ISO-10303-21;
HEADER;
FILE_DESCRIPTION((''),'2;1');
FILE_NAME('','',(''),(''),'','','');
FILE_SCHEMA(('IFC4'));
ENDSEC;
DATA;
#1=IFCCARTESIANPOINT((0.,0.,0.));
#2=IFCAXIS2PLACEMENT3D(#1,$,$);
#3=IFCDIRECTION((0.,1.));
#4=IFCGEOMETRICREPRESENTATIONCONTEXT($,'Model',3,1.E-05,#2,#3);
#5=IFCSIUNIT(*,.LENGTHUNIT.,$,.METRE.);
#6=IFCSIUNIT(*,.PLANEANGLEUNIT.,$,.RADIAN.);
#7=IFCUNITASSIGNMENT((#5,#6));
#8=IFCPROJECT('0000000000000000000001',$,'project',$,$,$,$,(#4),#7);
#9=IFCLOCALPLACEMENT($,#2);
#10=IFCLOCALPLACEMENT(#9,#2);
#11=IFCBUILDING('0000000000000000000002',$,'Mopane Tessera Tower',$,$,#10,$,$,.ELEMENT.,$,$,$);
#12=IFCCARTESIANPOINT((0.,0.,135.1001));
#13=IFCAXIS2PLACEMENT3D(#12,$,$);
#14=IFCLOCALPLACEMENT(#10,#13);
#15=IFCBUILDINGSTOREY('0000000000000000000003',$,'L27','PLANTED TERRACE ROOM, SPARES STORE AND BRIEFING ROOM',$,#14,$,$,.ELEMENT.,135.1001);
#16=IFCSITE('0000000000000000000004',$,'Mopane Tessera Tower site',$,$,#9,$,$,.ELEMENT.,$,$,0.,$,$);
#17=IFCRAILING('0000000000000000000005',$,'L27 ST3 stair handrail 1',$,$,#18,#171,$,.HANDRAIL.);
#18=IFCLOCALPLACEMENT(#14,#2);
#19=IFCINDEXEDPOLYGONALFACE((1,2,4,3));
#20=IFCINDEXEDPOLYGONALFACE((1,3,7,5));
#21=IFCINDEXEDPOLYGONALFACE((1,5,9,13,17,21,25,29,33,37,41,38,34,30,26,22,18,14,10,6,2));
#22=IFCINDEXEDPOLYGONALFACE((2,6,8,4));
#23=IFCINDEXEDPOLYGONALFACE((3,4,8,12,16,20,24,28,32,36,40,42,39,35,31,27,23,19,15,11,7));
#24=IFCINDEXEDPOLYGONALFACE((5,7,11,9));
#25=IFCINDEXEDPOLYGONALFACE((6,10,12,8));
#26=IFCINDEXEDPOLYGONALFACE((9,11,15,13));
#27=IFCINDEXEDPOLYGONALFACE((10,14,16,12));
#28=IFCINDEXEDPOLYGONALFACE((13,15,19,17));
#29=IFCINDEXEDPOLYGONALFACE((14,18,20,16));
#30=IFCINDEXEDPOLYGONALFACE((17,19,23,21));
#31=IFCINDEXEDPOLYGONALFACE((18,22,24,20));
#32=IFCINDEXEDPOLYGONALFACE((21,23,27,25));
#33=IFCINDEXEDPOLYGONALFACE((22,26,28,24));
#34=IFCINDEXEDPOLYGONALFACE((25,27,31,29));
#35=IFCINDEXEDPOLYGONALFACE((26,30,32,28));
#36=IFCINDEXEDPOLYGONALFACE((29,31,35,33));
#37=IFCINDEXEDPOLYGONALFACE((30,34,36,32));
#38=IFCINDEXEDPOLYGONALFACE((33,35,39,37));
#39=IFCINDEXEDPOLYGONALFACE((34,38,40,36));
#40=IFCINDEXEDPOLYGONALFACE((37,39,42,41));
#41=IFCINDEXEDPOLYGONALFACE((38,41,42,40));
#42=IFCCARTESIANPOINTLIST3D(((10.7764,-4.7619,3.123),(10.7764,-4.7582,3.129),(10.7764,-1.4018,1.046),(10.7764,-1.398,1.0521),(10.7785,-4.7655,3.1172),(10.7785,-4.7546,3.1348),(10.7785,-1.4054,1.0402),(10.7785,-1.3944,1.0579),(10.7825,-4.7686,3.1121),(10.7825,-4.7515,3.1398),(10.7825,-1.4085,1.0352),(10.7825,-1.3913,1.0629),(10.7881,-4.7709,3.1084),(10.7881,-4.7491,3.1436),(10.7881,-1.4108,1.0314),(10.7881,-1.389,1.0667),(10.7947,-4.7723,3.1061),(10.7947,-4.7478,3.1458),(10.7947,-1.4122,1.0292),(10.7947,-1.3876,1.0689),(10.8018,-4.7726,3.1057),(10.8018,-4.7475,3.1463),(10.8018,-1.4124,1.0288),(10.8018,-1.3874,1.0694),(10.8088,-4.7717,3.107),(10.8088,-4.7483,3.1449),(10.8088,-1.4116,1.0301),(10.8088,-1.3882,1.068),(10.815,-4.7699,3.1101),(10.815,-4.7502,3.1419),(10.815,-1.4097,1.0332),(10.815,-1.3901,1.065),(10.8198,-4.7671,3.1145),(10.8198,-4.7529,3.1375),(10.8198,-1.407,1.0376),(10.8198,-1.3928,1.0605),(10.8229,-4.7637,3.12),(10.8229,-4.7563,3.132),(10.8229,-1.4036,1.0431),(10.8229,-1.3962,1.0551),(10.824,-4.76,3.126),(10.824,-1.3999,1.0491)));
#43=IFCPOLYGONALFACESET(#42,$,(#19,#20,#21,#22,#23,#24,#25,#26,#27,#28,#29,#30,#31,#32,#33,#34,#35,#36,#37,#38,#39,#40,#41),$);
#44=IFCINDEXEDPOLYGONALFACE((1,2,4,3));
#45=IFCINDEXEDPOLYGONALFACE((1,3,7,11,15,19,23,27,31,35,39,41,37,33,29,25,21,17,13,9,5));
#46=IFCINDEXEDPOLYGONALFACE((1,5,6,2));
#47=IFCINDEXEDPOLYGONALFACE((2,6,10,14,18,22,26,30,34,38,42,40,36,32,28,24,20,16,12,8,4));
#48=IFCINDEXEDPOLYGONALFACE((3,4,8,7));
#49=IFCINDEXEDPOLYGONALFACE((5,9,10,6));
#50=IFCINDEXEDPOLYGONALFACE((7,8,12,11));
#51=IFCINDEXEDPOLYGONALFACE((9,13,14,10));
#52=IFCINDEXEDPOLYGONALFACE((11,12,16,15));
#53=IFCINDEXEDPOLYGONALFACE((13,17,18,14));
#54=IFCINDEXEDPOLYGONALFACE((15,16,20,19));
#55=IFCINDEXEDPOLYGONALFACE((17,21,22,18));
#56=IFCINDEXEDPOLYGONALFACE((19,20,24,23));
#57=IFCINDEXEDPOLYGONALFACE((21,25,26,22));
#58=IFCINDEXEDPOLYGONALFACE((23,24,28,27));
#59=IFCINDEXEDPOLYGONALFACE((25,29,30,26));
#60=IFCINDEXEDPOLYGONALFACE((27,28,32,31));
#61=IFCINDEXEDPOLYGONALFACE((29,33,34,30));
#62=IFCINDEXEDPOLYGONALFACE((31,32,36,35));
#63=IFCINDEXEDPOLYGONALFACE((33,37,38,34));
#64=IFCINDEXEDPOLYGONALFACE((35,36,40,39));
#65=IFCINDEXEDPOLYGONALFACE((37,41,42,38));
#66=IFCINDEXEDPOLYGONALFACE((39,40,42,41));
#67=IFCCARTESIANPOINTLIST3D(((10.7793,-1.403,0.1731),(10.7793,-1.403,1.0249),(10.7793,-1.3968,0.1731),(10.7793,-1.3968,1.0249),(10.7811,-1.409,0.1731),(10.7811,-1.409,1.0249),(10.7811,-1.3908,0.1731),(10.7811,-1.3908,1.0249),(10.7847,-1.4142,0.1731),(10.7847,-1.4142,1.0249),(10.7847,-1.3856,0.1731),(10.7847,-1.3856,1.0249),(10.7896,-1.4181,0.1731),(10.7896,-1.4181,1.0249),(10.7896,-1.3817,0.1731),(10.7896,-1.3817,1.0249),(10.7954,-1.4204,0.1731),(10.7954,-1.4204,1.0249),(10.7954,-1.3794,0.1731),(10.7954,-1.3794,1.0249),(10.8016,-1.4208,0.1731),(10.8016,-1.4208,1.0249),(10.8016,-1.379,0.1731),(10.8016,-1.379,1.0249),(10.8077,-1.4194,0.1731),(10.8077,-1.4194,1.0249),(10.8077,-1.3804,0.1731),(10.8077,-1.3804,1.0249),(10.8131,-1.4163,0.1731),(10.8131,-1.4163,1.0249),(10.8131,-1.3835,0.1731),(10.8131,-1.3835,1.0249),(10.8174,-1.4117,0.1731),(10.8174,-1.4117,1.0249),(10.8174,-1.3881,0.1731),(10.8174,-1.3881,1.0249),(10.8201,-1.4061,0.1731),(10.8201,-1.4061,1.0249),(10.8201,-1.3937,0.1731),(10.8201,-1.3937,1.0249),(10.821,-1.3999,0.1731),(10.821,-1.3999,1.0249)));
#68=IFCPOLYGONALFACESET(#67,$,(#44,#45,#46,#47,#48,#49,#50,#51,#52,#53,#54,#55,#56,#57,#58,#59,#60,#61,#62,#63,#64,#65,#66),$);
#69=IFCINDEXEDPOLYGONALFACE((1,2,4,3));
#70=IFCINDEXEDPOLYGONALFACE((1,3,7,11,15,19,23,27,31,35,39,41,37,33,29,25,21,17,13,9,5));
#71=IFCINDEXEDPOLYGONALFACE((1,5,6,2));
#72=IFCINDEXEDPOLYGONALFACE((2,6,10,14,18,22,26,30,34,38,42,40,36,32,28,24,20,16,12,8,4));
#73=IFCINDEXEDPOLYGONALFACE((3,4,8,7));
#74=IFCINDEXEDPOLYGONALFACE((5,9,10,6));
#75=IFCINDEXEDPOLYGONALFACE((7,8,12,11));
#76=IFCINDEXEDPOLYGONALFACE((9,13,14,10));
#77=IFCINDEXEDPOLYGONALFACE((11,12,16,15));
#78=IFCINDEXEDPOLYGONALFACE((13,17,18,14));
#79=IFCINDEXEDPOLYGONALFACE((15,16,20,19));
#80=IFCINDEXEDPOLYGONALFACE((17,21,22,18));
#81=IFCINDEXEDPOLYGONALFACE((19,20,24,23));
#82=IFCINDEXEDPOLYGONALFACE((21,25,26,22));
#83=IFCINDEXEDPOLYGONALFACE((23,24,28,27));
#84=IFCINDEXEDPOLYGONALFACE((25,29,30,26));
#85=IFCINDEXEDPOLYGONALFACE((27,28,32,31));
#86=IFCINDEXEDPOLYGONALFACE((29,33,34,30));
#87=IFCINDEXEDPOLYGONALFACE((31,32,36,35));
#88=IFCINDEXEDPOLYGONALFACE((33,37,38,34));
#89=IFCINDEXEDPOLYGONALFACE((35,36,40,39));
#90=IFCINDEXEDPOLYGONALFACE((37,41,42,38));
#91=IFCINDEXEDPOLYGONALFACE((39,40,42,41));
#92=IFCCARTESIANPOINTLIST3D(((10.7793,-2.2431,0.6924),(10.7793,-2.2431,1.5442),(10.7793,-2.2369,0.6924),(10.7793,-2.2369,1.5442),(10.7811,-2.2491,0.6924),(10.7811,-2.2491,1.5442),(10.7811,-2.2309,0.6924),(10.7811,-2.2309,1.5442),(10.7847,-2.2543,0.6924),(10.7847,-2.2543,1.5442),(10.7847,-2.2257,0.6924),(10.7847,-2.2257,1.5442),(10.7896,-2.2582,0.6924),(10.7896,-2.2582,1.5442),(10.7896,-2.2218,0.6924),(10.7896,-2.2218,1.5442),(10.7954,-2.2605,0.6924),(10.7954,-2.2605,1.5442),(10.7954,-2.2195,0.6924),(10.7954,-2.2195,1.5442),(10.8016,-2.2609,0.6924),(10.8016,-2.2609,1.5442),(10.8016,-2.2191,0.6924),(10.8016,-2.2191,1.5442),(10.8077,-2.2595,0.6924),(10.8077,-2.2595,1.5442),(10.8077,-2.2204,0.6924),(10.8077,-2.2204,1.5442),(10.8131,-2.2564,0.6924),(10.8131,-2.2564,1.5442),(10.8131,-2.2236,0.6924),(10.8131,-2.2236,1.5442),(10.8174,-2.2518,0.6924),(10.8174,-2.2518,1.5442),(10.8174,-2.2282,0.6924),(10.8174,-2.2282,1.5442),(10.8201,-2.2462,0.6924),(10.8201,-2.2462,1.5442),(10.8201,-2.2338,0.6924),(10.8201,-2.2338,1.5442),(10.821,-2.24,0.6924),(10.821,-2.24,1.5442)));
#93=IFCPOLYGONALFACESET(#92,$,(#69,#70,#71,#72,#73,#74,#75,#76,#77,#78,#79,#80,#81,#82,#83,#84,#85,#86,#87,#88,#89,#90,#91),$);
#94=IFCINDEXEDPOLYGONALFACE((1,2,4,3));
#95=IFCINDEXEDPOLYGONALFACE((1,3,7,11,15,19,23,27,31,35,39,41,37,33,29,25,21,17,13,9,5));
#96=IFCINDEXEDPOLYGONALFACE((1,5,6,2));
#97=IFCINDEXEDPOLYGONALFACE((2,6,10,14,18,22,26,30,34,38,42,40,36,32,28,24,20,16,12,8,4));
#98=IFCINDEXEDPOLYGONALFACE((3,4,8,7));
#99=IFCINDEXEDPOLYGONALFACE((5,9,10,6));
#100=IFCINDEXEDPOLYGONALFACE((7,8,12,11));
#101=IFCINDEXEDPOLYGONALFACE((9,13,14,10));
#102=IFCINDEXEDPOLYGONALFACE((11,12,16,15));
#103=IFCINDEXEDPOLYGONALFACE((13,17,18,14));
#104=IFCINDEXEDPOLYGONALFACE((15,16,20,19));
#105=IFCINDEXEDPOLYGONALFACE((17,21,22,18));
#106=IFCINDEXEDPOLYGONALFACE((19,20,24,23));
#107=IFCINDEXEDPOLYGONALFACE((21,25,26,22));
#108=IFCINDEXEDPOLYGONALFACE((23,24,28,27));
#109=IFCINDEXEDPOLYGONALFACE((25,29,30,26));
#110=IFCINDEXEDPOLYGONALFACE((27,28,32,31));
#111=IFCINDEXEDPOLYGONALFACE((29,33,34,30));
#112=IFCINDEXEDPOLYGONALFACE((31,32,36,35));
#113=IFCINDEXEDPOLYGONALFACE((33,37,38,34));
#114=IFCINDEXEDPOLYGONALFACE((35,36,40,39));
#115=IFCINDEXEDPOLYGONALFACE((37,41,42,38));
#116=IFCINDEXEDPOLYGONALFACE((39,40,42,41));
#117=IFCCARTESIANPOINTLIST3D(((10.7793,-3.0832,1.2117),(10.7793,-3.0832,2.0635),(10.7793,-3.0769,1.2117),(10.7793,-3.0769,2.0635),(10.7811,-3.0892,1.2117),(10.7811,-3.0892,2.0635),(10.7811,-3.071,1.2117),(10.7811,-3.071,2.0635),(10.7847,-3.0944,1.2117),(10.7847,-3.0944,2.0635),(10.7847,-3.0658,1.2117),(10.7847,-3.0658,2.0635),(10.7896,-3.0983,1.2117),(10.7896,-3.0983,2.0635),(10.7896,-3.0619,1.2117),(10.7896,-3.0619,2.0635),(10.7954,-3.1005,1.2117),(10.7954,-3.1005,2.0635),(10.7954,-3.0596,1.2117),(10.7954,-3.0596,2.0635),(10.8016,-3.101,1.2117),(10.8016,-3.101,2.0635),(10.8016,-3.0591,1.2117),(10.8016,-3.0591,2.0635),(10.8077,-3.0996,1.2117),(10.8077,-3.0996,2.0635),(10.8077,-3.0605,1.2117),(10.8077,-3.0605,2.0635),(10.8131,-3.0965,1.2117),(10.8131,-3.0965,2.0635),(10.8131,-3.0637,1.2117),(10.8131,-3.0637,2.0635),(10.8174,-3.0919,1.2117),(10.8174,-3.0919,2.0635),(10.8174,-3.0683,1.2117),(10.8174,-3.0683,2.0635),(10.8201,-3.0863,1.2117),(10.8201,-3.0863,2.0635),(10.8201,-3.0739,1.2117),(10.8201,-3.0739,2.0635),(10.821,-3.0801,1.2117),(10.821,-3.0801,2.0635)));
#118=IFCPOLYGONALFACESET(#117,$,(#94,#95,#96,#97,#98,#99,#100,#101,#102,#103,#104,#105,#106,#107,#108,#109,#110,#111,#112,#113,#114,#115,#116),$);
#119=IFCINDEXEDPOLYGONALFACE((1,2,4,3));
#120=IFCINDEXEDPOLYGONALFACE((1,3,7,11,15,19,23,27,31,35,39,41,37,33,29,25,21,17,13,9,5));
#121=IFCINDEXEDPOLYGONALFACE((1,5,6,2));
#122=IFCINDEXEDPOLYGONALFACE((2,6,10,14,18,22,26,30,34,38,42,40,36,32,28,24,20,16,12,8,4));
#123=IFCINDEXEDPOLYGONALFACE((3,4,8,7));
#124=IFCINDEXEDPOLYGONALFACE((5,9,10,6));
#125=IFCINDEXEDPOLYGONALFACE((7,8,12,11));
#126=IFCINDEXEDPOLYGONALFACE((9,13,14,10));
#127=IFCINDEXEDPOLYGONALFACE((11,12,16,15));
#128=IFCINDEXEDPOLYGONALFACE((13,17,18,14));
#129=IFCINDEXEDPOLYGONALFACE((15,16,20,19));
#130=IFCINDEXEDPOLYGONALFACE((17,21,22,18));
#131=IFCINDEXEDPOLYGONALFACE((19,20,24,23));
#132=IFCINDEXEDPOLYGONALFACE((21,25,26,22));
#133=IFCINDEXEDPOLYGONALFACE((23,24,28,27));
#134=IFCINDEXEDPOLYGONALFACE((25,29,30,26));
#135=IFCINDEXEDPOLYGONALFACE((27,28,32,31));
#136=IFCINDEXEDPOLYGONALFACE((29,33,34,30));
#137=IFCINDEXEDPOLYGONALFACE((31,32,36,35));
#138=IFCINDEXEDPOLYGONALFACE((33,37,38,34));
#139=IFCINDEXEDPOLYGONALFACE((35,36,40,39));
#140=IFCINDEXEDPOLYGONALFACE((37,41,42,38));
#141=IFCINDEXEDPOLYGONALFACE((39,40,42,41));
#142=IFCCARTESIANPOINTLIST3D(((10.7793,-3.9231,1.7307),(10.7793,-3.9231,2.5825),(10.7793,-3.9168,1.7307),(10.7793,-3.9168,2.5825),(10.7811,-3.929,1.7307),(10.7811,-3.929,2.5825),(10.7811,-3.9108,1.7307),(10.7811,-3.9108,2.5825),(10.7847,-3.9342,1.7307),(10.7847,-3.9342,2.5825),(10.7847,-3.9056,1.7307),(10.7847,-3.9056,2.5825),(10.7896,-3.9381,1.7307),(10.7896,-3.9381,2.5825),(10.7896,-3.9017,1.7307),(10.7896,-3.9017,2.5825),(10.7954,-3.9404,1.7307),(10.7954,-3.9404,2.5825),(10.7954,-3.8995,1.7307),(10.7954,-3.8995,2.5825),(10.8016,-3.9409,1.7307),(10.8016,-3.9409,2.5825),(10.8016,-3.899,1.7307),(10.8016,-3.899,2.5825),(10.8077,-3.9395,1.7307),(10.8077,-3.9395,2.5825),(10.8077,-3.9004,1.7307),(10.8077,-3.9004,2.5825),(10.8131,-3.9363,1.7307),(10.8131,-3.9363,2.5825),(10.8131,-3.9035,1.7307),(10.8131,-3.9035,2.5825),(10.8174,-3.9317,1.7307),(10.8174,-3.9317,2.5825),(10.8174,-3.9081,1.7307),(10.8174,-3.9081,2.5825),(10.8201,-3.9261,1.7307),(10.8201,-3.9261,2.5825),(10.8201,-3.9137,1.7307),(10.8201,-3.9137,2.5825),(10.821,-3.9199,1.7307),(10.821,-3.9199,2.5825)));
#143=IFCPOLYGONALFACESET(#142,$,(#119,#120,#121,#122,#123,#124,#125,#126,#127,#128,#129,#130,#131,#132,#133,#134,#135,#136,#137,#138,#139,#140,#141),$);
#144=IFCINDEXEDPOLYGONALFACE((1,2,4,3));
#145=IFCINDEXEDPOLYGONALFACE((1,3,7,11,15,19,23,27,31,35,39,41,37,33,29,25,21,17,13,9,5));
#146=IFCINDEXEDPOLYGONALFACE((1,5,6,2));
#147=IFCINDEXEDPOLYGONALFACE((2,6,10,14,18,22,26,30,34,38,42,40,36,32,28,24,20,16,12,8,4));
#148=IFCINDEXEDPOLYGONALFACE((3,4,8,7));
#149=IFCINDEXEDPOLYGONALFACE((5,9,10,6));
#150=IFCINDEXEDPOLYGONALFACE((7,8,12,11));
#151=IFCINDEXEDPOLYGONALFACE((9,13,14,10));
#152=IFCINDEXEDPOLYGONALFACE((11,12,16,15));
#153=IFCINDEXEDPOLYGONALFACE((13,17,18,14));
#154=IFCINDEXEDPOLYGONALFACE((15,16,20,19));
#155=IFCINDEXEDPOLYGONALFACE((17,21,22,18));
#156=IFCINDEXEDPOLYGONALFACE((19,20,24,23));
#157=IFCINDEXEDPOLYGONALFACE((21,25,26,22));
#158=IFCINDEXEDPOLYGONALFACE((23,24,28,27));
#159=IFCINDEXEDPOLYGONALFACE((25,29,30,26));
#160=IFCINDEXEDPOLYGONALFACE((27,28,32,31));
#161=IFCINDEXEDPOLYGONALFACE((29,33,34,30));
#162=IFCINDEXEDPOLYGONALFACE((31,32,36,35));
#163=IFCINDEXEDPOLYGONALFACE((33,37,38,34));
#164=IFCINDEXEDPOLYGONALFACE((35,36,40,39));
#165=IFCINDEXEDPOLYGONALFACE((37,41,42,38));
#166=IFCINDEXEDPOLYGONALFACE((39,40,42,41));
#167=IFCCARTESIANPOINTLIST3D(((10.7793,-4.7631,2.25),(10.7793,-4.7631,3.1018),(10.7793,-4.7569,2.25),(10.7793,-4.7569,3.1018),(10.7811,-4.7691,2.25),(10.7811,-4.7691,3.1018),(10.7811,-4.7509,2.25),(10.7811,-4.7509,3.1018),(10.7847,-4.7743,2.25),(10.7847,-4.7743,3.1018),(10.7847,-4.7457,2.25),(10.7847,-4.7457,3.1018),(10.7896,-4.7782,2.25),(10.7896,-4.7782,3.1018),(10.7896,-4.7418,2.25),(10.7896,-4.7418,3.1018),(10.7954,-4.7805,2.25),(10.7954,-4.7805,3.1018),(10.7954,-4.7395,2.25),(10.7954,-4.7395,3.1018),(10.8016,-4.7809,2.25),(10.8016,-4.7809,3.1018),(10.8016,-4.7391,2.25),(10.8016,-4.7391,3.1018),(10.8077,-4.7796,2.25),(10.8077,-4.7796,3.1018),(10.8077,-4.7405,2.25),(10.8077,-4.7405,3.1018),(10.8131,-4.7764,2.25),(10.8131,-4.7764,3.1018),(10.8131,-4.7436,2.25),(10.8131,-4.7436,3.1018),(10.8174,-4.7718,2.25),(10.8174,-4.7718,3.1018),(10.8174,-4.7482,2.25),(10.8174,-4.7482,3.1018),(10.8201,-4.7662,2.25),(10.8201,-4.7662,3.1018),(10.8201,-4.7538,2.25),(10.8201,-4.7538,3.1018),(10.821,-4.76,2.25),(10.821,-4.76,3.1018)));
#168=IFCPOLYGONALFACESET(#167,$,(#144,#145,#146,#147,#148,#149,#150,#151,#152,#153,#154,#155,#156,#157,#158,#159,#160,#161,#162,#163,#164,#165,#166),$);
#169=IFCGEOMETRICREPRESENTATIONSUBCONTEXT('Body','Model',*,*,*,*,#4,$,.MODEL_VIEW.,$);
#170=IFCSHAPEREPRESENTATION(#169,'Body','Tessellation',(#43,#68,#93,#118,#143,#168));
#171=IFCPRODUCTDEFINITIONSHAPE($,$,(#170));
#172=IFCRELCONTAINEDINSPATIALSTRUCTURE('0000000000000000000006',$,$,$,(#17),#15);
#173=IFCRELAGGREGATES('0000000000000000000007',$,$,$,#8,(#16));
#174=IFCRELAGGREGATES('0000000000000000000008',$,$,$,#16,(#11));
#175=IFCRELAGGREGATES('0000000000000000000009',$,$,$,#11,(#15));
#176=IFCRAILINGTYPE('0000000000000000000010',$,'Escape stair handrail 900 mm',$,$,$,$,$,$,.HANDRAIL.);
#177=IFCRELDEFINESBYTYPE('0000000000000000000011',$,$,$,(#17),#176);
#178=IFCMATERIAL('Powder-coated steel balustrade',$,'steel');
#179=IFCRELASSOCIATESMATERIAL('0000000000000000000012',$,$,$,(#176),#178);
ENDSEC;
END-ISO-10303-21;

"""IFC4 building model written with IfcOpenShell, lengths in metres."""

from ifc_helpers import new_model, si_unit, direction, frame, origin, origin_2d, place, context, subcontext, project, spatial, circle, extrude, material, type_object, element, save


model = new_model("IFC4")

# Units and contexts
model_context = context("Model", 3, precision=1e-05, world=origin(), true_north=direction((0.0, 1.0)))
body_context = subcontext(model_context, "Body", "Model", "MODEL_VIEW")
ifc_project = project(units=[si_unit("LENGTHUNIT", "METRE"), si_unit("PLANEANGLEUNIT", "RADIAN")], contexts=[model_context])

# Site, building, storey
site_placement = place(None, origin())
site = spatial("IfcSite", under=ifc_project, at=site_placement, Name="Mopane Tessera Tower site", CompositionType="ELEMENT", RefElevation=0.0)
building_placement = place(site_placement, origin())
building = spatial("IfcBuilding", under=site, at=building_placement, Name="Mopane Tessera Tower", CompositionType="ELEMENT")
storey_placement = place(building_placement, frame((0.0, 0.0, 135.1001)))
storey = spatial("IfcBuildingStorey", under=building, at=storey_placement, Name="L27", Description="PLANTED TERRACE ROOM, SPARES STORE AND BRIEFING ROOM", CompositionType="ELEMENT", Elevation=135.1001)

# Railing
ifc_material_1 = material(Name="Powder-coated steel balustrade", Category="steel")
railing_type_1 = type_object("IfcRailingType", Name="Escape stair handrail 900 mm", PredefinedType="HANDRAIL", material=ifc_material_1)
railing_1_placement = place(storey_placement, frame((10.8, -1.3999, 0.1731)))
element("IfcRailing", 1, at=railing_1_placement, inside=storey, type_object=railing_type_1, Name="L27 ST3 stair handrail 1", PredefinedType="HANDRAIL", context=body_context, shape_type="SweptSolid", body=[
    extrude(circle(Radius=0.0239, at=origin_2d()), frame((0.0, 0.0, 0.876), z_axis=(0.0, -0.850623, 0.525776), x_axis=(1.0, 0.0, 0.0)), (0.0, 0.0, 1.0), 3.9502),
    extrude(circle(Radius=0.021, at=origin_2d()), origin(), (0.0, 0.0, 1.0), 0.8518),
    extrude(circle(Radius=0.021, at=origin_2d()), frame((0.0, -0.8401, 0.5193)), (0.0, 0.0, 1.0), 0.8518),
    extrude(circle(Radius=0.021, at=origin_2d()), frame((0.0, -1.6802, 1.0386)), (0.0, 0.0, 1.0), 0.8518),
    extrude(circle(Radius=0.021, at=origin_2d()), frame((0.0, -2.52, 1.5576)), (0.0, 0.0, 1.0), 0.8518),
    extrude(circle(Radius=0.021, at=origin_2d()), frame((0.0, -3.3601, 2.0769)), (0.0, 0.0, 1.0), 0.8518),
])

save(model, "model.ifc")
